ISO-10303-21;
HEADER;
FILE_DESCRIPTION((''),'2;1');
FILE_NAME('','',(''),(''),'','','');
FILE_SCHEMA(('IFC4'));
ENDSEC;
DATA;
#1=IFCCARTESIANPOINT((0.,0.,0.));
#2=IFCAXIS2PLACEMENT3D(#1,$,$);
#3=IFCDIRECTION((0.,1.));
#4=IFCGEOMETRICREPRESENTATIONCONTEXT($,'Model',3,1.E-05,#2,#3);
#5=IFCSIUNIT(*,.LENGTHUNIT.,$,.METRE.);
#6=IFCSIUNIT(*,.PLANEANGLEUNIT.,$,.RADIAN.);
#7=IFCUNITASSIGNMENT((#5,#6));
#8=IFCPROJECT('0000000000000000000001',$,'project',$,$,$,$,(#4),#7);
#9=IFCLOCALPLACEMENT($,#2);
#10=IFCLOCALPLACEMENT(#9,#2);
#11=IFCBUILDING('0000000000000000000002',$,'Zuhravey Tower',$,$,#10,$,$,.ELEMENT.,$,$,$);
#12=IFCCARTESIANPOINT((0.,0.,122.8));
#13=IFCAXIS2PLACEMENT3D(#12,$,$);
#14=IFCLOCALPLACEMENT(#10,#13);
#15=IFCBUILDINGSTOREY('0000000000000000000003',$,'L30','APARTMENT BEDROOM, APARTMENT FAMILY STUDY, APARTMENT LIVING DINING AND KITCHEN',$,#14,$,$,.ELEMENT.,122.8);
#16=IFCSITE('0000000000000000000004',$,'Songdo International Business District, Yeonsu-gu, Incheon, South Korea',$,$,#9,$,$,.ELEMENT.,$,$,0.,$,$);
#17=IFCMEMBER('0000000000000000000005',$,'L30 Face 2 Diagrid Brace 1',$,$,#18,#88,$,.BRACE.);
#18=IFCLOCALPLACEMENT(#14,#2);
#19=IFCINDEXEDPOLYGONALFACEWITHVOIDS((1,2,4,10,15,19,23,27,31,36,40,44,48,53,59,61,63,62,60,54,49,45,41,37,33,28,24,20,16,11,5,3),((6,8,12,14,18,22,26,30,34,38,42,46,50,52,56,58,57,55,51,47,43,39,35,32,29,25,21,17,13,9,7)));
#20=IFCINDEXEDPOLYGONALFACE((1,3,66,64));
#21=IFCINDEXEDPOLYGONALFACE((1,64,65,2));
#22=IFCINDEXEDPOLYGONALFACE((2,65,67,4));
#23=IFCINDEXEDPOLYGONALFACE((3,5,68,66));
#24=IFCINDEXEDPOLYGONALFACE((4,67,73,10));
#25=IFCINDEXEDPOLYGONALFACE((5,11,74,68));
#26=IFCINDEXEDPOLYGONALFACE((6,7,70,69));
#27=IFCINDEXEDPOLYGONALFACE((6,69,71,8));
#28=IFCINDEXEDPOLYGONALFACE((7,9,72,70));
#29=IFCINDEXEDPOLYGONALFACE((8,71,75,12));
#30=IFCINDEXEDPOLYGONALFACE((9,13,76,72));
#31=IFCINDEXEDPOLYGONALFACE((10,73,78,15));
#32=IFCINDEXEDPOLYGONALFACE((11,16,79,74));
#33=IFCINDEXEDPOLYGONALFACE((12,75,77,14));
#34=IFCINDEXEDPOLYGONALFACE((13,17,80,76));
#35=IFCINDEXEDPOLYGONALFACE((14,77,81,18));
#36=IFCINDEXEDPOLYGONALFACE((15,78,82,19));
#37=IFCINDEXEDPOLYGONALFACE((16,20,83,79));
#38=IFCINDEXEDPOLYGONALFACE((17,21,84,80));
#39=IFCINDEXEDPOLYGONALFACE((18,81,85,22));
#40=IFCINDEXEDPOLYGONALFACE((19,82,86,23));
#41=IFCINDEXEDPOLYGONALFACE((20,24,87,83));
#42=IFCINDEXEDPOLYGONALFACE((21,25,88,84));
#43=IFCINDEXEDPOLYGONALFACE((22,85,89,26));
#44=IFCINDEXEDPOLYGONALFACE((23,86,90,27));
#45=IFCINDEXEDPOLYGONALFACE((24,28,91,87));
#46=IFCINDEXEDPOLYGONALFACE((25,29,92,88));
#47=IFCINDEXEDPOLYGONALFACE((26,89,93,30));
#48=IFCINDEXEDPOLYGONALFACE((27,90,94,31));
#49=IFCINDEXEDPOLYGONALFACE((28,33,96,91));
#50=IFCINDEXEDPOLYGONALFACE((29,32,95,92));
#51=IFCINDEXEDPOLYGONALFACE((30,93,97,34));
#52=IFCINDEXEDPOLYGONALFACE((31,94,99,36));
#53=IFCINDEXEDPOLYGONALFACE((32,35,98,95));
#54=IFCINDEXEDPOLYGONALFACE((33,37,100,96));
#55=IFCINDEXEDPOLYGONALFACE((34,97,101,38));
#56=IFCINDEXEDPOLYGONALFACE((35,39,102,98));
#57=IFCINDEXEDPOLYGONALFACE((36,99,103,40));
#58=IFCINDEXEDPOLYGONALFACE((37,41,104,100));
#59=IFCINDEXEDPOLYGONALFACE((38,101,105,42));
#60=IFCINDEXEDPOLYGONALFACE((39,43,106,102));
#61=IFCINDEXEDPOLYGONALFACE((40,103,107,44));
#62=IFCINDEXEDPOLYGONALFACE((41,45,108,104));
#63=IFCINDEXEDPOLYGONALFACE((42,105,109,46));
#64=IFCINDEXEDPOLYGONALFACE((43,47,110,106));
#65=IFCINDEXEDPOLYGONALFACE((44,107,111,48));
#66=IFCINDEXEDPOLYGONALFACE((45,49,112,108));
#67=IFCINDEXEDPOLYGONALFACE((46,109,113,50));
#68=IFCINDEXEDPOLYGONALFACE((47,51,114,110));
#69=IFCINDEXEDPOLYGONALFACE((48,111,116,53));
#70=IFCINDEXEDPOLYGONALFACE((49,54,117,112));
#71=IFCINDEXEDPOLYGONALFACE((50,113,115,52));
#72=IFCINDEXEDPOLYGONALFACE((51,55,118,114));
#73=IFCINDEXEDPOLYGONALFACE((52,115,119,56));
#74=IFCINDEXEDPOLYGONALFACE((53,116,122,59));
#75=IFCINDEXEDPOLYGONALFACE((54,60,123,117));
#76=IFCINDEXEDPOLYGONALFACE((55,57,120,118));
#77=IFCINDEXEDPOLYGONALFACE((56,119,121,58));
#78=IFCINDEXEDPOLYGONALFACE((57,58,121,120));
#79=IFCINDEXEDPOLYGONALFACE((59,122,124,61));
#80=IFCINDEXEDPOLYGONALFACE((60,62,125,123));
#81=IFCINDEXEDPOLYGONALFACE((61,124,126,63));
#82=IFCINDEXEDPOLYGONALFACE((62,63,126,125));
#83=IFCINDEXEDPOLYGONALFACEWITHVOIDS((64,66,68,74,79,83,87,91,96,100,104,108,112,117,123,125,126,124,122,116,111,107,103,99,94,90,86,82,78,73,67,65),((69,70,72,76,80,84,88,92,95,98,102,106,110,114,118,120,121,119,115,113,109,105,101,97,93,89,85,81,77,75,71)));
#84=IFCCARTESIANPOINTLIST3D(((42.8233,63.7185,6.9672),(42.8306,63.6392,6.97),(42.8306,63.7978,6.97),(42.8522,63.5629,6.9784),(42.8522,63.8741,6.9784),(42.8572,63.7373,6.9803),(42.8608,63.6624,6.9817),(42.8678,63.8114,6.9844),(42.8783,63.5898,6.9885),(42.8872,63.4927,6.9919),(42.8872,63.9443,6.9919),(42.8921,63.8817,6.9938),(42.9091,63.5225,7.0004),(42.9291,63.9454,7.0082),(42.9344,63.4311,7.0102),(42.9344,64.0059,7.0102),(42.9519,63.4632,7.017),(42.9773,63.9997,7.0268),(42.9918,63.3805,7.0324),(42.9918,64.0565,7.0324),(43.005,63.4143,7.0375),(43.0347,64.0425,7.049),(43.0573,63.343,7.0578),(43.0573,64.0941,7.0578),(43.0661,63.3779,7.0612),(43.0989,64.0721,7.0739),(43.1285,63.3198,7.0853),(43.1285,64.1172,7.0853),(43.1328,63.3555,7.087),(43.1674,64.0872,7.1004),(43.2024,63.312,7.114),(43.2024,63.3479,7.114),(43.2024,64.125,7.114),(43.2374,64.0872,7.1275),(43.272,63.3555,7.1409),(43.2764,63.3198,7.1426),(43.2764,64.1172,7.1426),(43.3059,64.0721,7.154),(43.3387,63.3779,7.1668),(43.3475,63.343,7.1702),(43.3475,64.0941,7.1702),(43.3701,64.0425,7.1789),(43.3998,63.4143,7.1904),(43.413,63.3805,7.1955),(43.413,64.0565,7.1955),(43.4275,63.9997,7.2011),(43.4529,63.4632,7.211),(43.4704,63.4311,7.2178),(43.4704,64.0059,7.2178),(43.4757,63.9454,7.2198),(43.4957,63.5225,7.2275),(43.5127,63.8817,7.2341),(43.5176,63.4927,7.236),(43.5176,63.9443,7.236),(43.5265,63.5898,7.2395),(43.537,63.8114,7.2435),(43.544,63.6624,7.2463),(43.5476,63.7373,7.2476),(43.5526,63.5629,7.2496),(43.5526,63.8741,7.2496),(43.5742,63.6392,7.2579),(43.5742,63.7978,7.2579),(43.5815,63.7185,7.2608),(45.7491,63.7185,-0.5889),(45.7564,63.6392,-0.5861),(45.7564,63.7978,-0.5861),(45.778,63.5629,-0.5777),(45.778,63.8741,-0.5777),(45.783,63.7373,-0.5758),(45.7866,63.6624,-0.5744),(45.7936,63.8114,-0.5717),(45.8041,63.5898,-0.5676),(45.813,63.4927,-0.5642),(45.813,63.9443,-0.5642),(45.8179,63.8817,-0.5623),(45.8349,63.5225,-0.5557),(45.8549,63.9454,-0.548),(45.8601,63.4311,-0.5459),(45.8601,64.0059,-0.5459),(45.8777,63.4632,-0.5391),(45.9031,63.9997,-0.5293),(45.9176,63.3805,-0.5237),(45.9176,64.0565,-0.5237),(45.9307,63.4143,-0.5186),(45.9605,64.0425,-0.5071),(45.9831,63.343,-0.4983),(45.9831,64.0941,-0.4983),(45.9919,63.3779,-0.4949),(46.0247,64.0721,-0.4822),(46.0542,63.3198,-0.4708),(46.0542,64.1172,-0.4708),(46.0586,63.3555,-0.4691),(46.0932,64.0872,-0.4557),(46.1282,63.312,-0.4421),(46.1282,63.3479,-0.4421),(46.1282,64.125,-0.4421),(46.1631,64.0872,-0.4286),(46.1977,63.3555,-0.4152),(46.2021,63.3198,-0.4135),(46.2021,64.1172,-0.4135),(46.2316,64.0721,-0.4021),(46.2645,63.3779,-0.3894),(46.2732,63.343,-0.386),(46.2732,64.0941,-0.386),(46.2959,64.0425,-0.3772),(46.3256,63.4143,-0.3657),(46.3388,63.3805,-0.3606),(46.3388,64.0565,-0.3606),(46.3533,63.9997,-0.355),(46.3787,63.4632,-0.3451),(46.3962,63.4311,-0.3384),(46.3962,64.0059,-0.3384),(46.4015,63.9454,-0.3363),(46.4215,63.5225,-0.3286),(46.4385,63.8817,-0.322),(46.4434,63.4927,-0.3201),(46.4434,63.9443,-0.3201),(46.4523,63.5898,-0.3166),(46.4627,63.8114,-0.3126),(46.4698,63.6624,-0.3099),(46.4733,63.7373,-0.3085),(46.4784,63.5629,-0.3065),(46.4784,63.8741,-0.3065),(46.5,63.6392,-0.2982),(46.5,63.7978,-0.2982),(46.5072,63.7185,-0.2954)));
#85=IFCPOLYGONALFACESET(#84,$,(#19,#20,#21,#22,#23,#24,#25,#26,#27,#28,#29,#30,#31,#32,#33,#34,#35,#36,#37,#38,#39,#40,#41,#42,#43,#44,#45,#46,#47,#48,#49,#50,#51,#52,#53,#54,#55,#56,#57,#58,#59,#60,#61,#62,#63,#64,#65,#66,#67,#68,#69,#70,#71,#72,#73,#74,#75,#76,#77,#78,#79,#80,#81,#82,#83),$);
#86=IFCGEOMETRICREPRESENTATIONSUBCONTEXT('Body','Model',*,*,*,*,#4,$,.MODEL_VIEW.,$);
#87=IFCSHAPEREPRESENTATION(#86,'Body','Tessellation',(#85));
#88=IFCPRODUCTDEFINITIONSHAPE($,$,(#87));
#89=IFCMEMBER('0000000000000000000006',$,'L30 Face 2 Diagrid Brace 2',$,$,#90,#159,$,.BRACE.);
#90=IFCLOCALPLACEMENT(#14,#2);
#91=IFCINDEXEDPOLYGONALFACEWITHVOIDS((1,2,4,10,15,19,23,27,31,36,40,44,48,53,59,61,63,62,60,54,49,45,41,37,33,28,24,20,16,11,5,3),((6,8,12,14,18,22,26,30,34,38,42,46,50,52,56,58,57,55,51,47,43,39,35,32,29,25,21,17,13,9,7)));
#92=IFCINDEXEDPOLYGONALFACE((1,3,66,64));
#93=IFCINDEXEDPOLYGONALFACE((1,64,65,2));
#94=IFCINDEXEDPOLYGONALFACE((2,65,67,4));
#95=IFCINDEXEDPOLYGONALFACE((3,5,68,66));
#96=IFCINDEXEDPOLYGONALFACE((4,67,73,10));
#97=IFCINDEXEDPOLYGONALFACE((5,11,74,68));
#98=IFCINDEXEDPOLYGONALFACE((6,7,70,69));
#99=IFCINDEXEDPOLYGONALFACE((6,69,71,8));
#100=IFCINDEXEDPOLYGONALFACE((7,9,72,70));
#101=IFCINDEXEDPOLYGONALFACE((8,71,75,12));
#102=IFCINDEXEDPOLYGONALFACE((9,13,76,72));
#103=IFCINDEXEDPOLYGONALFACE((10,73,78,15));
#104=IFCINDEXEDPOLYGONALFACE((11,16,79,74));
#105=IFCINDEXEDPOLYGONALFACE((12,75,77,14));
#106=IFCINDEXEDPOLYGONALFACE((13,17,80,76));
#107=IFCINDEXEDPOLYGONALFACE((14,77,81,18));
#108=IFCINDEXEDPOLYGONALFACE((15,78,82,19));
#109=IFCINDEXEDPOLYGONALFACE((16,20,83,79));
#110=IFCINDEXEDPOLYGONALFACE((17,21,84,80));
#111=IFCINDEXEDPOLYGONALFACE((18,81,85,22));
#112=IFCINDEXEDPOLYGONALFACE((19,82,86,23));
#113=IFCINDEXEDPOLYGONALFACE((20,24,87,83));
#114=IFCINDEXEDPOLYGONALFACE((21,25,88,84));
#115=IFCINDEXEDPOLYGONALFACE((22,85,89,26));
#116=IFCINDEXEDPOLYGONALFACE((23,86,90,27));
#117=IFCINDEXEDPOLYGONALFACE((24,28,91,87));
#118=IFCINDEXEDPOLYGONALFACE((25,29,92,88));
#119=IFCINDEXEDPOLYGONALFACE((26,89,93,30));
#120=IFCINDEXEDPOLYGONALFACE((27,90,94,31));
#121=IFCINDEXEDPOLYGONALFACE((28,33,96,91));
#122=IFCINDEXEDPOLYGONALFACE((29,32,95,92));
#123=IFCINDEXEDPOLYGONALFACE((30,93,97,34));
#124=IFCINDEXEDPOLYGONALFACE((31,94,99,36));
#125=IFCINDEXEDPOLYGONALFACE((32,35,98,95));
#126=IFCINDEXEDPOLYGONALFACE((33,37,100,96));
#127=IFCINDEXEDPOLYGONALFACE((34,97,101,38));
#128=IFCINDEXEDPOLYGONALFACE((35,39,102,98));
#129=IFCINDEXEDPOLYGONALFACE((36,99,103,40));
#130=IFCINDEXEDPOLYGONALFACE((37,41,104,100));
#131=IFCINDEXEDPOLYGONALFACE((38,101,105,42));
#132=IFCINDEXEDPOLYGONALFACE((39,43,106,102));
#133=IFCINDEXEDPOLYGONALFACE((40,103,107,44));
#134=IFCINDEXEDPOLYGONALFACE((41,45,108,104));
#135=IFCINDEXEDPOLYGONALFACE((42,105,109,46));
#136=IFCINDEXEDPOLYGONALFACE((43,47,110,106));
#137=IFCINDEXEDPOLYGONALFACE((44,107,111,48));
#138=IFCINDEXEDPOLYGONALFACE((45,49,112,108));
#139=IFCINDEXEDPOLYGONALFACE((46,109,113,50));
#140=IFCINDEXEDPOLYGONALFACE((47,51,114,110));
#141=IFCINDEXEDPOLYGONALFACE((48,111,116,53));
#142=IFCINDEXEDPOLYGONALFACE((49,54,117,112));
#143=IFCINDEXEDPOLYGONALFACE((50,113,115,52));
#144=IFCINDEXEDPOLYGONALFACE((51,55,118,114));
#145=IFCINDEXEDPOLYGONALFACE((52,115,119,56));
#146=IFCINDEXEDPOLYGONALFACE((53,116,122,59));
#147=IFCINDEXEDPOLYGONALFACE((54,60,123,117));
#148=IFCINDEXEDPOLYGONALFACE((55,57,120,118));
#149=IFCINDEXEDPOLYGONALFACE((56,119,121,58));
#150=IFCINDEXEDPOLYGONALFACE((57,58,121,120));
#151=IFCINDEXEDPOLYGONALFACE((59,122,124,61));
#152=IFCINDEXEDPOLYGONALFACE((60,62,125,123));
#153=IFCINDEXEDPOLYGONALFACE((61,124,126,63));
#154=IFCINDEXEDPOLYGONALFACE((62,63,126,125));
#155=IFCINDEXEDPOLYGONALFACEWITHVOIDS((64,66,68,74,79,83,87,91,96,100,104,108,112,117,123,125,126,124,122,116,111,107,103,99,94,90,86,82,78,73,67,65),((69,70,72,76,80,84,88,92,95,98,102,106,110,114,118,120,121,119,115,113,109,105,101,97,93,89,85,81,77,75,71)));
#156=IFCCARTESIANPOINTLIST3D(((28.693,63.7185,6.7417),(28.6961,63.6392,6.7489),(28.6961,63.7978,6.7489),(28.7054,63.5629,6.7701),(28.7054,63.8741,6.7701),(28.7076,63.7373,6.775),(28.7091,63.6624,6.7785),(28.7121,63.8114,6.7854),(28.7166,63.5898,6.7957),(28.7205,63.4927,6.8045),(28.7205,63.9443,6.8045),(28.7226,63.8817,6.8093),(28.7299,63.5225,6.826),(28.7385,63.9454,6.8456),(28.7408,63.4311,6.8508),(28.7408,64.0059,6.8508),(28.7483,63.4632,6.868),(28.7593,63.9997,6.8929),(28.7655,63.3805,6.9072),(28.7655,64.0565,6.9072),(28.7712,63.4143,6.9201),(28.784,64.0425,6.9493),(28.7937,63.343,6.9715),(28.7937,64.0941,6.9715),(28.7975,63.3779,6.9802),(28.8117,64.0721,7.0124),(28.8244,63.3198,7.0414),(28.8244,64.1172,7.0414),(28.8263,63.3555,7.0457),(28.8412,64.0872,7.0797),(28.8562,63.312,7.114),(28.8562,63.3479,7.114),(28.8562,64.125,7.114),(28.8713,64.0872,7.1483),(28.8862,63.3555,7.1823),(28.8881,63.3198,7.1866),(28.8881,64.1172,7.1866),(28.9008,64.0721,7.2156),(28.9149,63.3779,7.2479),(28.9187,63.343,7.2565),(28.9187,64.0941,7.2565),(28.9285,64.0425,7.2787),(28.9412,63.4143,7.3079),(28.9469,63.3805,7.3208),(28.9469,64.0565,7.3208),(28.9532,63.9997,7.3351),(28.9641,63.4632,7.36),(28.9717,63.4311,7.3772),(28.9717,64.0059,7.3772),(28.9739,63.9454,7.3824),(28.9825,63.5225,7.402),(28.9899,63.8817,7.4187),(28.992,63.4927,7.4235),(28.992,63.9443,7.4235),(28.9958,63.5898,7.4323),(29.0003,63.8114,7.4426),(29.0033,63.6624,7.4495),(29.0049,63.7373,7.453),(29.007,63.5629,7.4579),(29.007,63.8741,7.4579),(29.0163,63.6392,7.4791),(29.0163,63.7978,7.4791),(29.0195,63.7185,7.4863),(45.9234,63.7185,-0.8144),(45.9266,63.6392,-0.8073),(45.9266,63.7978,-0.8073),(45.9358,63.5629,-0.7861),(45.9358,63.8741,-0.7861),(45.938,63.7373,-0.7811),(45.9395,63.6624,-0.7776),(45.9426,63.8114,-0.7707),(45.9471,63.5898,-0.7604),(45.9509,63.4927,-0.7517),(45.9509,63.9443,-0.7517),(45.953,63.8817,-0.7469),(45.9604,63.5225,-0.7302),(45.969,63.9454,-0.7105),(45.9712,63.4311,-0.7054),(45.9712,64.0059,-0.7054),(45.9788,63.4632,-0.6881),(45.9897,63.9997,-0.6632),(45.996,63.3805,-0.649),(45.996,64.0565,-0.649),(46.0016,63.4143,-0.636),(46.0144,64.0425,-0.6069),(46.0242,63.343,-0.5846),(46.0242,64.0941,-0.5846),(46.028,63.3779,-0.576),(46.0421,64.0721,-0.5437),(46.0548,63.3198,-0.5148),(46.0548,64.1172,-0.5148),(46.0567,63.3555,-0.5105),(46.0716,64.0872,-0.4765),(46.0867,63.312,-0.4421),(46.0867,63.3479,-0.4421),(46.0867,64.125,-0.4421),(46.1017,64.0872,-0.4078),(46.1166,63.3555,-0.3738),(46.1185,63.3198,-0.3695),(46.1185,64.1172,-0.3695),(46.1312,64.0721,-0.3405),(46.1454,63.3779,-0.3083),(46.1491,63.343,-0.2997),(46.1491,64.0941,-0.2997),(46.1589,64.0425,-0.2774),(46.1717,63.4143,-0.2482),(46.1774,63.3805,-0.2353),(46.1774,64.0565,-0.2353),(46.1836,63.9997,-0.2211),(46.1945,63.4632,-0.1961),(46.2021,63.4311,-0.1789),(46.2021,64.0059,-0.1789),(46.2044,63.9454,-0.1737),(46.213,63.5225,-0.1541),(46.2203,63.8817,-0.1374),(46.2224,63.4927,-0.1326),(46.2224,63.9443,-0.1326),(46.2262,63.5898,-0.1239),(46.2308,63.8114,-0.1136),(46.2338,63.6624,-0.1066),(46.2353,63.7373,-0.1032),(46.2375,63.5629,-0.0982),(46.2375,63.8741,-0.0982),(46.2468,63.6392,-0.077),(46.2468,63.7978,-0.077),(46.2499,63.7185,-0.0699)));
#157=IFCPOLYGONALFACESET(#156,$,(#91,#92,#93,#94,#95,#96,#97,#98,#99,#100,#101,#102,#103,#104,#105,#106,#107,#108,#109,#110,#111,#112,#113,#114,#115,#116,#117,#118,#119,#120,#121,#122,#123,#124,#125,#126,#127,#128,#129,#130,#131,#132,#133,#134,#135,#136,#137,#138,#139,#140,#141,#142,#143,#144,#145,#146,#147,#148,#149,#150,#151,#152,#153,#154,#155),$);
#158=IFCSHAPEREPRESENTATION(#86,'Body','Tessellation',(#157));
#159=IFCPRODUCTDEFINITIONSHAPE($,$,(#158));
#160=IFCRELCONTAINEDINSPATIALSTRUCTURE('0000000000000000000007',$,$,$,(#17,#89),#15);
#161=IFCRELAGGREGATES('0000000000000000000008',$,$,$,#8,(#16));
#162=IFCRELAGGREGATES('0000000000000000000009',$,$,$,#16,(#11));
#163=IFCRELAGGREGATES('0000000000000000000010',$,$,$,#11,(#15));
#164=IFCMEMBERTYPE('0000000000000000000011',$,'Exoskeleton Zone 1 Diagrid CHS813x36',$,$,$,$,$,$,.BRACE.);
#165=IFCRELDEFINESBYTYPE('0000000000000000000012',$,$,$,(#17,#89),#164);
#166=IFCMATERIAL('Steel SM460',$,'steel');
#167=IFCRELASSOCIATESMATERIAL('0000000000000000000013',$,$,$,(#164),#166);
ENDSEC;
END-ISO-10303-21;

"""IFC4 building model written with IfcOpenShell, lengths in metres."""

from ifc_helpers import new_model, si_unit, direction, frame, origin, origin_2d, place, context, subcontext, project, spatial, hollow_circle, extrude, material, material_profile, profile_set, type_object, element, save


model = new_model("IFC4")

# Units and contexts
model_context = context("Model", 3, precision=1e-05, world=origin(), true_north=direction((0.0, 1.0)))
body_context = subcontext(model_context, "Body", "Model", "MODEL_VIEW")
ifc_project = project(units=[si_unit("LENGTHUNIT", "METRE"), si_unit("PLANEANGLEUNIT", "RADIAN")], contexts=[model_context])

# Site, building, storey
site_placement = place(None, origin())
site = spatial("IfcSite", under=ifc_project, at=site_placement, Name="Songdo International Business District, Yeonsu-gu, Incheon, South Korea", CompositionType="ELEMENT", RefElevation=0.0)
building_placement = place(site_placement, origin())
building = spatial("IfcBuilding", under=site, at=building_placement, Name="Zuhravey Tower", CompositionType="ELEMENT")
storey_placement = place(building_placement, frame((0.0, 0.0, 122.8)))
storey = spatial("IfcBuildingStorey", under=building, at=storey_placement, Name="L30", Description="APARTMENT BEDROOM, APARTMENT FAMILY STUDY, APARTMENT LIVING DINING AND KITCHEN", CompositionType="ELEMENT", Elevation=122.8)

# Members
ifc_material_1 = material(Name="Steel SM460", Category="steel")
ifc_material_profile_1 = material_profile(ifc_material_1, hollow_circle(Radius=0.4065, WallThickness=0.0359, at=origin_2d()), Name="CHS-812.8x36")
ifc_profile_set_1 = profile_set([ifc_material_profile_1], Name="Steel SM460")
member_type_1 = type_object("IfcMemberType", Name="Exoskeleton Zone 1 Diagrid CHS813x36", PredefinedType="BRACE", material=ifc_profile_set_1)
member_1_placement = place(storey_placement, frame((46.1282, 63.7185, -0.4421), z_axis=(-0.361082, 0.0, 0.932534), x_axis=(0.0, -1.0, 0.0)))
element("IfcMember", 1, at=member_1_placement, inside=storey, type_object=member_type_1, Name="L30 Face 2 Diagrid Brace 1", PredefinedType="BRACE", context=body_context, shape_type="SweptSolid", body=[
    extrude(hollow_circle(Radius=0.4065, WallThickness=0.0359, at=origin_2d()), origin(), (0.0, 0.0, 1.0), 8.1028),
])
member_2_placement = place(storey_placement, frame((46.0867, 63.7185, -0.4421), z_axis=(-0.915809, 0.0, 0.401614), x_axis=(0.0, -1.0, 0.0)))
element("IfcMember", 2, at=member_2_placement, inside=storey, type_object=member_type_1, Name="L30 Face 2 Diagrid Brace 2", PredefinedType="BRACE", context=body_context, shape_type="SweptSolid", body=[
    extrude(hollow_circle(Radius=0.4065, WallThickness=0.0359, at=origin_2d()), origin(), (0.0, 0.0, 1.0), 18.8145),
])

save(model, "model.ifc")
